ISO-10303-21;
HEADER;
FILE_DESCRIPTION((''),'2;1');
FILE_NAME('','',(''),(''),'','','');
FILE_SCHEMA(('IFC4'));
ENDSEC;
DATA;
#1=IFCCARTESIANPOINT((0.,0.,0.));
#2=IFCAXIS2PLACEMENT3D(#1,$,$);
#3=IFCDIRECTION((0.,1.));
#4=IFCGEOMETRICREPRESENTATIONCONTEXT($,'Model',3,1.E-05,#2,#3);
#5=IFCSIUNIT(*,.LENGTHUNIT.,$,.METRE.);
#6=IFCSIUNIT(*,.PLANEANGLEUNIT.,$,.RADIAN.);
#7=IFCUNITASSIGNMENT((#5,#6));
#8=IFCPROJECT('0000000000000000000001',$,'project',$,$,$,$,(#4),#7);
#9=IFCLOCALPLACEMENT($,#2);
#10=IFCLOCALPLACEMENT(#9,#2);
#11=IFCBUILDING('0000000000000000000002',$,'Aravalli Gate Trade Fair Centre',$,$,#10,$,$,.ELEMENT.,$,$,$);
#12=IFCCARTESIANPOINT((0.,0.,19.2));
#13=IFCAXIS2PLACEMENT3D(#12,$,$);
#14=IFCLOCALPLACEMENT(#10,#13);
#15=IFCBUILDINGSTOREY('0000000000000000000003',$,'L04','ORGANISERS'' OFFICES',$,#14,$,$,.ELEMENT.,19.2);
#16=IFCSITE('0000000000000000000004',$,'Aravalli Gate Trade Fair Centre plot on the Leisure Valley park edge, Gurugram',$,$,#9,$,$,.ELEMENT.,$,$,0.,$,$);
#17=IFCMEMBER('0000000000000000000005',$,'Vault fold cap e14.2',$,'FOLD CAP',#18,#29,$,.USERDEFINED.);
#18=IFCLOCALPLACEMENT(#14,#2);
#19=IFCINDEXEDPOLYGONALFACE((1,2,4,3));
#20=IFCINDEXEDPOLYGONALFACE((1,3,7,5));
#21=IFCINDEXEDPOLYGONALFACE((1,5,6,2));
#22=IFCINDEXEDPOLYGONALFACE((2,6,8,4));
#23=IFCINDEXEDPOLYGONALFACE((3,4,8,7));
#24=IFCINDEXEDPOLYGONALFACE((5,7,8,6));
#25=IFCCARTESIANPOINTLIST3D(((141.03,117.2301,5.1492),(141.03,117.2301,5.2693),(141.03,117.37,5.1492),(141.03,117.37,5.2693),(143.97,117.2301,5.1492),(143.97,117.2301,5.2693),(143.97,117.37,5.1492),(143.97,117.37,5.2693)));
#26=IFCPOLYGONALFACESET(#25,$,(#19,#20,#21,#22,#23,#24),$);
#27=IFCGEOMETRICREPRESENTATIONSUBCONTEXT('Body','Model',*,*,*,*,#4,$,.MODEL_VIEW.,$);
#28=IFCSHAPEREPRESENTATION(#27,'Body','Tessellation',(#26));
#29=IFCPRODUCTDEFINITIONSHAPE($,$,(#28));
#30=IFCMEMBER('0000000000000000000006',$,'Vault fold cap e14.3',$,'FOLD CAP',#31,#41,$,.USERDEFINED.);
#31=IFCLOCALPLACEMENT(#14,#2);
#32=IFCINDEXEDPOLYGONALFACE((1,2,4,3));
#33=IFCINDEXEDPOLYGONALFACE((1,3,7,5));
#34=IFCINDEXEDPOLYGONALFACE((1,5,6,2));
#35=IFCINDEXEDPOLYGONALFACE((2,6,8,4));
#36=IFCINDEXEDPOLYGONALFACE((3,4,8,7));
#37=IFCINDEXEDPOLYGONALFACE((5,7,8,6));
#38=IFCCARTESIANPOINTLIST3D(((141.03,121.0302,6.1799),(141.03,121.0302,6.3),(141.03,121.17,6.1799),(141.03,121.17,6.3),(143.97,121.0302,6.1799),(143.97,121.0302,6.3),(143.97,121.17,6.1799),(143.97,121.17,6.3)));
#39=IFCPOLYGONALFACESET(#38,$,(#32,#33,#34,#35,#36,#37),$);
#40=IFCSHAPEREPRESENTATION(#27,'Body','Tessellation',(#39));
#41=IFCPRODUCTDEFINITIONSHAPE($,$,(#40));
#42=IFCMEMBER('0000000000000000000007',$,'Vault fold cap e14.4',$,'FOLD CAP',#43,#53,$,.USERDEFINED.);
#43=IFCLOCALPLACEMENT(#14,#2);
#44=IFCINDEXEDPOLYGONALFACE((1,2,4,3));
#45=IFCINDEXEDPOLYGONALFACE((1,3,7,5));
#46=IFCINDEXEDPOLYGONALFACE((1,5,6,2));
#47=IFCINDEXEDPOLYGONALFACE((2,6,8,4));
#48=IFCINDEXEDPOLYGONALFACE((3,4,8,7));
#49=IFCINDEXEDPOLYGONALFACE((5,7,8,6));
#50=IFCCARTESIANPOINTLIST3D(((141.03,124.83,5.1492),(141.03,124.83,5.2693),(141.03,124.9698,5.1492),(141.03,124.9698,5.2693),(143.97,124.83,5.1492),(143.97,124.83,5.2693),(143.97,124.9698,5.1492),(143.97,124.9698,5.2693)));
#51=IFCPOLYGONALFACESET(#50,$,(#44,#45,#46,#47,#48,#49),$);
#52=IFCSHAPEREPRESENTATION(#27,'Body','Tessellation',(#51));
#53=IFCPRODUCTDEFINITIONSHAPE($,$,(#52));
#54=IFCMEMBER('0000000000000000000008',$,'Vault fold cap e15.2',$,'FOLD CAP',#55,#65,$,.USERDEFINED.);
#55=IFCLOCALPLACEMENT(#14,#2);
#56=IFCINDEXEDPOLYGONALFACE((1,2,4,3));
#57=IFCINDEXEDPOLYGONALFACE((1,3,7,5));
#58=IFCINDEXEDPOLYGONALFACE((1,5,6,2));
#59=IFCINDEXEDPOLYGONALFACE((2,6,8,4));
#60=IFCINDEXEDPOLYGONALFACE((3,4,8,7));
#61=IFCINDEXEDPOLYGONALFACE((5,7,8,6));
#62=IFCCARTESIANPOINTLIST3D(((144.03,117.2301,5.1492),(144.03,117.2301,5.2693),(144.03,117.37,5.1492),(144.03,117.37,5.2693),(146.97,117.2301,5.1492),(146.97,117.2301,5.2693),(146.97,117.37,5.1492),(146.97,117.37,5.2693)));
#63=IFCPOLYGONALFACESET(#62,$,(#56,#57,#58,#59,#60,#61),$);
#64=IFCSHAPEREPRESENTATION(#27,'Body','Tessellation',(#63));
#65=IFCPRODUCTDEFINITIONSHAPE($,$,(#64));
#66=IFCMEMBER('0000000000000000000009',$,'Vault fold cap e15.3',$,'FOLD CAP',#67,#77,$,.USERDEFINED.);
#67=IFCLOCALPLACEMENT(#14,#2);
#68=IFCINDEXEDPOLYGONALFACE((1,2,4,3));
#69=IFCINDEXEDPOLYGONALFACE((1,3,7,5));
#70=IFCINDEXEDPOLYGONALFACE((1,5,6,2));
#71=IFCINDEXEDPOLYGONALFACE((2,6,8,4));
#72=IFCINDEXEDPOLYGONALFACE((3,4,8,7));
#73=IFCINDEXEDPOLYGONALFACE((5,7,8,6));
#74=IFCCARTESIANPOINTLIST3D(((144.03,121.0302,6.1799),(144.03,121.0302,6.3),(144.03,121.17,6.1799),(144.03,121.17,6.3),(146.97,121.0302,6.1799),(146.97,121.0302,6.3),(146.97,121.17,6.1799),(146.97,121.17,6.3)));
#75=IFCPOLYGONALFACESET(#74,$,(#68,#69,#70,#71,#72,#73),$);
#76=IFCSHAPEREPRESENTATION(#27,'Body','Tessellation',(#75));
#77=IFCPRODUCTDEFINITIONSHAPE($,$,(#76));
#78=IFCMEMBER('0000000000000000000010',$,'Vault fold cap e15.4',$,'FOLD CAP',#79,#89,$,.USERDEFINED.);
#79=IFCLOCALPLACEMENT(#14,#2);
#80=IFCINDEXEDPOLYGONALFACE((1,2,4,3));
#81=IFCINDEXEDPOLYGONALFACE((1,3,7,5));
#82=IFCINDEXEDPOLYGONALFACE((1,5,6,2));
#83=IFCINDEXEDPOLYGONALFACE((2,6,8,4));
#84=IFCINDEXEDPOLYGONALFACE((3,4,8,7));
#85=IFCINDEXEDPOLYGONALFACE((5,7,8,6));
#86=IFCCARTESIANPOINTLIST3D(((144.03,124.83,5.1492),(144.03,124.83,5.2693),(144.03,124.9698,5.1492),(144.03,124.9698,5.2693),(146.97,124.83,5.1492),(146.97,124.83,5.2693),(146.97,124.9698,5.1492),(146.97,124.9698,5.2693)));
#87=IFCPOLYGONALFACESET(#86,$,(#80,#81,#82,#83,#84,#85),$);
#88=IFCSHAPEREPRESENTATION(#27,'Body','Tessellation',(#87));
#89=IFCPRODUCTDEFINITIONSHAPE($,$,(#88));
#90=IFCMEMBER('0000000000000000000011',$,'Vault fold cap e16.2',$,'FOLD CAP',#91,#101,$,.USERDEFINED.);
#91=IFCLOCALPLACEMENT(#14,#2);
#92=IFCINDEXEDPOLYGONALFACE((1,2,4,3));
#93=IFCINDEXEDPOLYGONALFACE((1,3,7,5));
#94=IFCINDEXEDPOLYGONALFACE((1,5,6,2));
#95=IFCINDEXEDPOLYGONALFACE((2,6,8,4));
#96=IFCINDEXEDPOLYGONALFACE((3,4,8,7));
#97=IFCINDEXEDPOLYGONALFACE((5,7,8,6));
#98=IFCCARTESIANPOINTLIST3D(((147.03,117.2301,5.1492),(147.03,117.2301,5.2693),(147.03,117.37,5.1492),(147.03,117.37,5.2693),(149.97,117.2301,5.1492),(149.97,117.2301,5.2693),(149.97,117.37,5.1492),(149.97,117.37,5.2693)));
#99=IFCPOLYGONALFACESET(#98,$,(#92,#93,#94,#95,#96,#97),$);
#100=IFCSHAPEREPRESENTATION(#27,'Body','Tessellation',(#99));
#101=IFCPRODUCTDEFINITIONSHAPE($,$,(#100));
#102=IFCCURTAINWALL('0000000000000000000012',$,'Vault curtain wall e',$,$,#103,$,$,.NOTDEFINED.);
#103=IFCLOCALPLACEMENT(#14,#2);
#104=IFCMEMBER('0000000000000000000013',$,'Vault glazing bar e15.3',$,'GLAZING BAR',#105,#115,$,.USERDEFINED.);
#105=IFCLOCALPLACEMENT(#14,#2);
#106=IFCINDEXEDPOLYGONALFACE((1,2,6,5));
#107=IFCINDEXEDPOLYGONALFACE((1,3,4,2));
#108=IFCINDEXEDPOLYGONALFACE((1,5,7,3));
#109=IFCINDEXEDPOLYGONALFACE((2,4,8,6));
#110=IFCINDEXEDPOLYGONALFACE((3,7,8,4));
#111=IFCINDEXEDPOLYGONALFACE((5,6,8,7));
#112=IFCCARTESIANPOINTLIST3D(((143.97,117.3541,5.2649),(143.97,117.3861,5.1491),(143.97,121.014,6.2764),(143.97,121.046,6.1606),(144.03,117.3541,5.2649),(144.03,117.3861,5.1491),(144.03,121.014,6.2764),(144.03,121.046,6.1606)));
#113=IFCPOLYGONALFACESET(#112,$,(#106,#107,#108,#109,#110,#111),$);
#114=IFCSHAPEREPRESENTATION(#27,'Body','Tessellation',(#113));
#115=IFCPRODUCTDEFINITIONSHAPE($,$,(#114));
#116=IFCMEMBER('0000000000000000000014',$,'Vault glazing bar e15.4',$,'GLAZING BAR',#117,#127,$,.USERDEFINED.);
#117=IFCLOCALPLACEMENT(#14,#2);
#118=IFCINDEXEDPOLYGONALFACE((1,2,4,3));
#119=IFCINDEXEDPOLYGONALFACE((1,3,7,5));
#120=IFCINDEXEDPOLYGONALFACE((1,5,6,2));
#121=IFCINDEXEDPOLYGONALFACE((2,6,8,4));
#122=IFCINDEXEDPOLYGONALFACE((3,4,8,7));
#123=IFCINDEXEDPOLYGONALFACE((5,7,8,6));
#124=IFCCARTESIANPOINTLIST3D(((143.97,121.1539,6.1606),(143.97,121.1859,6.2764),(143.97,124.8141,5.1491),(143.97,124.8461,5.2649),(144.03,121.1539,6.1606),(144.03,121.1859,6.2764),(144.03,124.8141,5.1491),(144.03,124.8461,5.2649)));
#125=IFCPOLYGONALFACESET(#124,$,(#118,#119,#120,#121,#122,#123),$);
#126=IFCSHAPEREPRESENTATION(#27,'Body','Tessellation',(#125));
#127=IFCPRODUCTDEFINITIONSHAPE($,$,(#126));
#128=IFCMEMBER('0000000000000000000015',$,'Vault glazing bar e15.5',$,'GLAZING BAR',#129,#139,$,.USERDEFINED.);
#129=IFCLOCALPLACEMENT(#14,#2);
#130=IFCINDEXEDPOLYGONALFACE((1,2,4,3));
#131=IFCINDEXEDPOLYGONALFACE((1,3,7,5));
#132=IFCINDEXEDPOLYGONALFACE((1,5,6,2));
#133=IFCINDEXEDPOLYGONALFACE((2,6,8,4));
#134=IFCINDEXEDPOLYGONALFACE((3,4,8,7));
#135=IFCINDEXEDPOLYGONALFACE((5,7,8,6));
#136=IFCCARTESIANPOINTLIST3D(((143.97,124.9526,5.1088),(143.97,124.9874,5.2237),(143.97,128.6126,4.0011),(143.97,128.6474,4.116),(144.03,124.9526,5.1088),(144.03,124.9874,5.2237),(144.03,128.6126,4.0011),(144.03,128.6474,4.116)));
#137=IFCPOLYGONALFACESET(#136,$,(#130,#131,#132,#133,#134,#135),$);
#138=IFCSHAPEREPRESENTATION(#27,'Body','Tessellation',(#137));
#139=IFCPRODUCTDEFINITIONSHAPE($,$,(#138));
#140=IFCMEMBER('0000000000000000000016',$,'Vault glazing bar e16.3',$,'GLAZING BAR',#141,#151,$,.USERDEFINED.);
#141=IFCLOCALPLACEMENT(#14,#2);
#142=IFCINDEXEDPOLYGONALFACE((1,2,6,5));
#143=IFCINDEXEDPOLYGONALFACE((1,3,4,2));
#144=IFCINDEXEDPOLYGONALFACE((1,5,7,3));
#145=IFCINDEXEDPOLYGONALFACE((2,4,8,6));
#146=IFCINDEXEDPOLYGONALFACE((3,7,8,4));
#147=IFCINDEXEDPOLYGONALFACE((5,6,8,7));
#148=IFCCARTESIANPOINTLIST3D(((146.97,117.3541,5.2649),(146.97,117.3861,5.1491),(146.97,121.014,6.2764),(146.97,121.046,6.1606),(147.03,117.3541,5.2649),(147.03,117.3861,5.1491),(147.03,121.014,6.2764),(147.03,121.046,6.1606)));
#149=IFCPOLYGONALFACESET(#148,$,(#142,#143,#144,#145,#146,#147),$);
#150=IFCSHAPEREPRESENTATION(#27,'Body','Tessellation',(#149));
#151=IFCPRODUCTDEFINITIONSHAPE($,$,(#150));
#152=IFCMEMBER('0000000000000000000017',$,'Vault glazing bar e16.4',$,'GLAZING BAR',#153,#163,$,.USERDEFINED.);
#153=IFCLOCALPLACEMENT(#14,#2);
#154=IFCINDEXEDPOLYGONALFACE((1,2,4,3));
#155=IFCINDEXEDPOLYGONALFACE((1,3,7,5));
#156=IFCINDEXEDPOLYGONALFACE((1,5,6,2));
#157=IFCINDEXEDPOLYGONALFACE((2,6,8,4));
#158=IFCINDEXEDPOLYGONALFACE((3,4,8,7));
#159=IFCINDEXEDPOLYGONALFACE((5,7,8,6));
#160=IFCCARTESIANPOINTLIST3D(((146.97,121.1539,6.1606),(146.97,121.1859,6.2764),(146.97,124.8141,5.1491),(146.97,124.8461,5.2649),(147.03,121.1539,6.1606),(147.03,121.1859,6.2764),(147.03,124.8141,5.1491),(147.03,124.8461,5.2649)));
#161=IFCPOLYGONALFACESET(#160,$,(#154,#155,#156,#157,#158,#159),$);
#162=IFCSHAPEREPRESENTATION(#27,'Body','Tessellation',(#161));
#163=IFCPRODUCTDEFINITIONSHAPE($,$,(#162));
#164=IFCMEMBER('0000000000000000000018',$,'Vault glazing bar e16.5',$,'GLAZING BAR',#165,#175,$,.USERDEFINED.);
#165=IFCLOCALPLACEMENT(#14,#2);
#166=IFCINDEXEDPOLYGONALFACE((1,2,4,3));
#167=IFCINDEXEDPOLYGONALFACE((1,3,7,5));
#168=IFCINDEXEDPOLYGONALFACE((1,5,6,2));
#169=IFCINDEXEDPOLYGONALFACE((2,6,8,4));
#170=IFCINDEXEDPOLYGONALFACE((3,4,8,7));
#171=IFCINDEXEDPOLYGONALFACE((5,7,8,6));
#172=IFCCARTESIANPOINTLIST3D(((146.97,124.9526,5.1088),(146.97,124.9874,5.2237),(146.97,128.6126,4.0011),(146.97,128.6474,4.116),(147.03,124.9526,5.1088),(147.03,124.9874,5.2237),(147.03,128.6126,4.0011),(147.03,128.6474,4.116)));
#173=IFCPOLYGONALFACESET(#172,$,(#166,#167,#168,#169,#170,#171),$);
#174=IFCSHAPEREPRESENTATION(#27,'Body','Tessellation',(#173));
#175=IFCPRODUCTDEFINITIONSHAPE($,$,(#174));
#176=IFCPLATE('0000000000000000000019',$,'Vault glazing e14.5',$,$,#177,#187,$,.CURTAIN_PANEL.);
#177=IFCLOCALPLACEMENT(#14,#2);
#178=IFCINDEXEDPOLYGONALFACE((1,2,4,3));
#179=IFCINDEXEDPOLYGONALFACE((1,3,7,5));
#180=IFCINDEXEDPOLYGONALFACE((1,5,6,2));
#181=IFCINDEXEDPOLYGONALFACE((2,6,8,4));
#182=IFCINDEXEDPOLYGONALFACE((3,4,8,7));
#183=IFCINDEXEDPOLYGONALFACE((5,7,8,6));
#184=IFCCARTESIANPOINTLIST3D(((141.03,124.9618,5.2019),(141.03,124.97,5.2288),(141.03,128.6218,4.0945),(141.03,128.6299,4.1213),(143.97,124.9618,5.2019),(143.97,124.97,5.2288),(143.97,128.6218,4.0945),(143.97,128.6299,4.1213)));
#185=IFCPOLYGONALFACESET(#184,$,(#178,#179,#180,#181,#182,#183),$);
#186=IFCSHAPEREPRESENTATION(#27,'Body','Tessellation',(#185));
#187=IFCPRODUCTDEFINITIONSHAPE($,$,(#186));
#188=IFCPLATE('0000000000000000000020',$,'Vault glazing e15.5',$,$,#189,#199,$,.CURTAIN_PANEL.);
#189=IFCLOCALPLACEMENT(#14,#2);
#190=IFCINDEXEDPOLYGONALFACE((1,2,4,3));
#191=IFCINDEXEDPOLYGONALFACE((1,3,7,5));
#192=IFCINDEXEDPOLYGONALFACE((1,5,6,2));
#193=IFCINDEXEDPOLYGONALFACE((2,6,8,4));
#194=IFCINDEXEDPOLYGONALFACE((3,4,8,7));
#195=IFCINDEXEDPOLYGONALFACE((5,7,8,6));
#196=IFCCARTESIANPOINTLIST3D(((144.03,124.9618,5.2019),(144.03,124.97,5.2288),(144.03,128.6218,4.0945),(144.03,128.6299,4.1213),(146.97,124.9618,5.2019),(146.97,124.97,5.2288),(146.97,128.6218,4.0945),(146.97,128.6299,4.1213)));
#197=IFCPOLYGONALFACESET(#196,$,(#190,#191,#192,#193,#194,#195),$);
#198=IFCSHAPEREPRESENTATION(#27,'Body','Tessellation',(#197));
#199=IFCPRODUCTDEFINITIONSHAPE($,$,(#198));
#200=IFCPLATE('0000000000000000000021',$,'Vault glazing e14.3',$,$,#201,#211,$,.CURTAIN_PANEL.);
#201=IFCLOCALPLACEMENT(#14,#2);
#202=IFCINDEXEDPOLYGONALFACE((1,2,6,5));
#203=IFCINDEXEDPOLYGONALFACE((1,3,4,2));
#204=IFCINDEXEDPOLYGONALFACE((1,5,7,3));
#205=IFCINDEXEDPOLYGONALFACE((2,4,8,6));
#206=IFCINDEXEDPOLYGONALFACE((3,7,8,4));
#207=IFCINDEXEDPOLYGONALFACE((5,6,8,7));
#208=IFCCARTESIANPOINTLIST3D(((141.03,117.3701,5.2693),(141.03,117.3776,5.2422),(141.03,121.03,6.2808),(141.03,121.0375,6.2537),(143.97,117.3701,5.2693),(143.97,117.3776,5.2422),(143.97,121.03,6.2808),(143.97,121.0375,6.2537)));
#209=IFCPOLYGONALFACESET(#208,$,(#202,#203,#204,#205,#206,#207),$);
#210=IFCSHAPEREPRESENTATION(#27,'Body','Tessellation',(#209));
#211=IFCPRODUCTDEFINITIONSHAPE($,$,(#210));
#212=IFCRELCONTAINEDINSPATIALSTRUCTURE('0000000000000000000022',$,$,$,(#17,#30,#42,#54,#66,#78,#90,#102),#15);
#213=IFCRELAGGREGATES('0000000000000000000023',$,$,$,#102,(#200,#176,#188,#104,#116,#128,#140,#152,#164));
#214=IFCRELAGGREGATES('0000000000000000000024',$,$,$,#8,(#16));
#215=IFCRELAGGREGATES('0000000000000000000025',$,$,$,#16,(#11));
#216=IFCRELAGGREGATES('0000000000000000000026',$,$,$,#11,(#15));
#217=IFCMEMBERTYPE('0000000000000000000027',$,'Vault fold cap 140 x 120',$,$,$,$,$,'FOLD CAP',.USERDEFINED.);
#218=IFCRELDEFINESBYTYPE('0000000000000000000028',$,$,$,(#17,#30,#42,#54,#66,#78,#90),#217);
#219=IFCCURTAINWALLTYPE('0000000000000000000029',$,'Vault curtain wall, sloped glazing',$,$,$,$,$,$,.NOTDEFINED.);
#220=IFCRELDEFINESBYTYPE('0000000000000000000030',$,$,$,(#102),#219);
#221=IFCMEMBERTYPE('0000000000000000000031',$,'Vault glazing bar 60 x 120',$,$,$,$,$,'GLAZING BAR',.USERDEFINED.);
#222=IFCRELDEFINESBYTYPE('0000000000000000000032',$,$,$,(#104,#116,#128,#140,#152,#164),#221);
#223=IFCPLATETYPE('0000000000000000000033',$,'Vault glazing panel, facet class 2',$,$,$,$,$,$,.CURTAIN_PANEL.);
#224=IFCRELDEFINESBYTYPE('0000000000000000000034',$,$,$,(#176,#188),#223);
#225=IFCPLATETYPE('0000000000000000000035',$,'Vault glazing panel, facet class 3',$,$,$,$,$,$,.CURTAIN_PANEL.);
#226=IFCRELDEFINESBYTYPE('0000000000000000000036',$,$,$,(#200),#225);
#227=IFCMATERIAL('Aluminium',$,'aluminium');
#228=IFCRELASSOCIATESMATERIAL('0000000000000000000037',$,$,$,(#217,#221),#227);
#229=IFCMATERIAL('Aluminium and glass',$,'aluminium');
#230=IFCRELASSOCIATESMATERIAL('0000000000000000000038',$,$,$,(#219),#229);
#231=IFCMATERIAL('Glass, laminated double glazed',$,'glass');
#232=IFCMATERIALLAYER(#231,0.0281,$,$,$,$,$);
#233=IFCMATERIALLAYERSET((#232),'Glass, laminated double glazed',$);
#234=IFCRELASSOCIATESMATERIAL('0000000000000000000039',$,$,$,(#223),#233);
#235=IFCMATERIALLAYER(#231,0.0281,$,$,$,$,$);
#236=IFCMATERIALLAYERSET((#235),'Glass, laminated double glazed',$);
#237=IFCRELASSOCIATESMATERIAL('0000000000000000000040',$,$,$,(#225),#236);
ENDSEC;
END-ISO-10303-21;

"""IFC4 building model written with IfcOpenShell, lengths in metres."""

from ifc_helpers import new_model, si_unit, direction, frame, origin, origin_2d, place, context, subcontext, project, spatial, polyline, rectangle, outline, extrude, material, layer, layer_set, material_profile, profile_set, type_object, element, aggregate, save


model = new_model("IFC4")

# Units and contexts
model_context = context("Model", 3, precision=1e-05, world=origin(), true_north=direction((0.0, 1.0)))
body_context = subcontext(model_context, "Body", "Model", "MODEL_VIEW")
ifc_project = project(units=[si_unit("LENGTHUNIT", "METRE"), si_unit("PLANEANGLEUNIT", "RADIAN")], contexts=[model_context])

# Site, building, storey
site_placement = place(None, origin())
site = spatial("IfcSite", under=ifc_project, at=site_placement, Name="Aravalli Gate Trade Fair Centre plot on the Leisure Valley park edge, Gurugram", CompositionType="ELEMENT", RefElevation=0.0)
building_placement = place(site_placement, origin())
building = spatial("IfcBuilding", under=site, at=building_placement, Name="Aravalli Gate Trade Fair Centre", CompositionType="ELEMENT")
storey_placement = place(building_placement, frame((0.0, 0.0, 19.2)))
storey = spatial("IfcBuildingStorey", under=building, at=storey_placement, Name="L04", Description="ORGANISERS' OFFICES", CompositionType="ELEMENT", Elevation=19.2)

# Members
ifc_material_1 = material(Name="Aluminium", Category="aluminium")
ifc_material_profile_1 = material_profile(ifc_material_1, rectangle(XDim=0.1399, YDim=0.1201, at=origin_2d()), Name="Vault fold cap 140 x 120")
ifc_profile_set_1 = profile_set([ifc_material_profile_1], Name="Aluminium")
member_type_1 = type_object("IfcMemberType", Name="Vault fold cap 140 x 120", ElementType="FOLD CAP", PredefinedType="USERDEFINED", material=ifc_profile_set_1)
for number, where, z_axis, x_axis, name in (
    (1, (141.03, 117.3, 5.2092), (1.0, 0.0, 0.0), (0.0, 1.0, 0.0), "Vault fold cap e14.2"),
    (2, (141.03, 121.1001, 6.24), (1.0, 0.0, 0.0), (0.0, 1.0, 0.0), "Vault fold cap e14.3"),
    (3, (141.03, 124.8999, 5.2092), (1.0, 0.0, 0.0), (0.0, 1.0, 0.0), "Vault fold cap e14.4"),
    (4, (144.03, 117.3, 5.2092), (1.0, 0.0, 0.0), (0.0, 1.0, 0.0), "Vault fold cap e15.2"),
    (5, (144.03, 121.1001, 6.24), (1.0, 0.0, 0.0), (0.0, 1.0, 0.0), "Vault fold cap e15.3"),
    (6, (144.03, 124.8999, 5.2092), (1.0, 0.0, 0.0), (0.0, 1.0, 0.0), "Vault fold cap e15.4"),
    (7, (147.03, 117.3, 5.2092), (1.0, 0.0, 0.0), (0.0, 1.0, 0.0), "Vault fold cap e16.2"),
):
    element("IfcMember", number, at=place(storey_placement, frame(where, z_axis=z_axis, x_axis=x_axis)), inside=storey, type_object=member_type_1, Name=name, ObjectType="FOLD CAP", PredefinedType="USERDEFINED", context=body_context, shape_type="SweptSolid", body=[
        extrude(rectangle(XDim=0.1399, YDim=0.1201, at=origin_2d()), origin(), (0.0, 0.0, 1.0), 2.9399),
    ])

# Curtain wall, members, plates
ifc_material_2 = material(Name="Aluminium and glass", Category="aluminium")
curtain_wall_type = type_object("IfcCurtainWallType", Name="Vault curtain wall, sloped glazing", PredefinedType="NOTDEFINED", material=ifc_material_2)
curtain_wall_placement = place(storey_placement, origin())
curtain_wall = element("IfcCurtainWall", 8, at=curtain_wall_placement, inside=storey, type_object=curtain_wall_type, Name="Vault curtain wall e", PredefinedType="NOTDEFINED")
ifc_material_profile_2 = material_profile(ifc_material_1, rectangle(XDim=0.0601, YDim=0.1201, at=origin_2d()), Name="Vault glazing bar 60 x 120")
ifc_profile_set_2 = profile_set([ifc_material_profile_2], Name="Aluminium")
member_type_2 = type_object("IfcMemberType", Name="Vault glazing bar 60 x 120", ElementType="GLAZING BAR", PredefinedType="USERDEFINED", material=ifc_profile_set_2)
member_1_placement = place(storey_placement, frame((144.0, 117.3701, 5.207), z_axis=(0.0, 0.963868, 0.26638), x_axis=(-1.0, 0.0, 0.0)))
member_1 = element("IfcMember", 9, at=member_1_placement, type_object=member_type_2, Name="Vault glazing bar e15.3", ObjectType="GLAZING BAR", PredefinedType="USERDEFINED", context=body_context, shape_type="SweptSolid", body=[
    extrude(rectangle(XDim=0.0601, YDim=0.1201, at=origin_2d()), origin(), (0.0, 0.0, 1.0), 3.7971),
])
member_2_placement = place(storey_placement, frame((144.0, 121.1699, 6.2185), z_axis=(0.0, 0.963873, -0.266364), x_axis=(-1.0, 0.0, 0.0)))
member_2 = element("IfcMember", 10, at=member_2_placement, type_object=member_type_2, Name="Vault glazing bar e15.4", ObjectType="GLAZING BAR", PredefinedType="USERDEFINED", context=body_context, shape_type="SweptSolid", body=[
    extrude(rectangle(XDim=0.0601, YDim=0.1201, at=origin_2d()), origin(), (0.0, 0.0, 1.0), 3.7974),
])
member_3_placement = place(storey_placement, frame((144.0, 124.97, 5.1663), z_axis=(0.0, 0.957126, -0.289672), x_axis=(-1.0, 0.0, 0.0)))
member_3 = element("IfcMember", 11, at=member_3_placement, type_object=member_type_2, Name="Vault glazing bar e15.5", ObjectType="GLAZING BAR", PredefinedType="USERDEFINED", context=body_context, shape_type="SweptSolid", body=[
    extrude(rectangle(XDim=0.0601, YDim=0.1201, at=origin_2d()), origin(), (0.0, 0.0, 1.0), 3.824),
])
member_4_placement = place(storey_placement, frame((147.0, 117.3701, 5.207), z_axis=(0.0, 0.963868, 0.26638), x_axis=(-1.0, 0.0, 0.0)))
member_4 = element("IfcMember", 12, at=member_4_placement, type_object=member_type_2, Name="Vault glazing bar e16.3", ObjectType="GLAZING BAR", PredefinedType="USERDEFINED", context=body_context, shape_type="SweptSolid", body=[
    extrude(rectangle(XDim=0.0601, YDim=0.1201, at=origin_2d()), origin(), (0.0, 0.0, 1.0), 3.7971),
])
member_5_placement = place(storey_placement, frame((147.0, 121.1699, 6.2185), z_axis=(0.0, 0.963873, -0.266364), x_axis=(-1.0, 0.0, 0.0)))
member_5 = element("IfcMember", 13, at=member_5_placement, type_object=member_type_2, Name="Vault glazing bar e16.4", ObjectType="GLAZING BAR", PredefinedType="USERDEFINED", context=body_context, shape_type="SweptSolid", body=[
    extrude(rectangle(XDim=0.0601, YDim=0.1201, at=origin_2d()), origin(), (0.0, 0.0, 1.0), 3.7974),
])
member_6_placement = place(storey_placement, frame((147.0, 124.97, 5.1663), z_axis=(0.0, 0.957126, -0.289672), x_axis=(-1.0, 0.0, 0.0)))
member_6 = element("IfcMember", 14, at=member_6_placement, type_object=member_type_2, Name="Vault glazing bar e16.5", ObjectType="GLAZING BAR", PredefinedType="USERDEFINED", context=body_context, shape_type="SweptSolid", body=[
    extrude(rectangle(XDim=0.0601, YDim=0.1201, at=origin_2d()), origin(), (0.0, 0.0, 1.0), 3.824),
])
ifc_material_3 = material(Name="Glass, laminated double glazed", Category="glass")
ifc_layer_1 = layer(ifc_material_3, 0.0281)
ifc_layer_set_1 = layer_set([ifc_layer_1], Name="Glass, laminated double glazed")
plate_type_1 = type_object("IfcPlateType", Name="Vault glazing panel, facet class 2", PredefinedType="CURTAIN_PANEL", material=ifc_layer_set_1)
plate_1_placement = place(storey_placement, frame((141.03, 124.97, 5.2288), z_axis=(0.0, 0.289614, 0.957144), x_axis=(1.0, 0.0, 0.0)))
plate_1 = element("IfcPlate", 15, at=plate_1_placement, type_object=plate_type_1, Name="Vault glazing e14.5", PredefinedType="CURTAIN_PANEL", context=body_context, shape_type="SweptSolid", body=[
    extrude(outline(polyline([(0.0, 0.0), (2.9399, 0.0), (2.9399, 3.8238), (0.0, 3.8238), (0.0, 0.0)])), origin(), (0.0, 0.0, -1.0), 0.0281),
])
plate_2_placement = place(storey_placement, frame((144.03, 124.97, 5.2288), z_axis=(0.0, 0.289614, 0.957144), x_axis=(1.0, 0.0, 0.0)))
plate_2 = element("IfcPlate", 16, at=plate_2_placement, type_object=plate_type_1, Name="Vault glazing e15.5", PredefinedType="CURTAIN_PANEL", context=body_context, shape_type="SweptSolid", body=[
    extrude(outline(polyline([(0.0, 0.0), (2.9399, 0.0), (2.9399, 3.8238), (0.0, 3.8238), (0.0, 0.0)])), origin(), (0.0, 0.0, -1.0), 0.0281),
])
ifc_layer_2 = layer(ifc_material_3, 0.0281)
ifc_layer_set_2 = layer_set([ifc_layer_2], Name="Glass, laminated double glazed")
plate_type_2 = type_object("IfcPlateType", Name="Vault glazing panel, facet class 3", PredefinedType="CURTAIN_PANEL", material=ifc_layer_set_2)
plate_3_placement = place(storey_placement, frame((141.03, 117.3701, 5.2693), z_axis=(0.0, -0.26638, 0.963868), x_axis=(1.0, 0.0, 0.0)))
plate_3 = element("IfcPlate", 17, at=plate_3_placement, type_object=plate_type_2, Name="Vault glazing e14.3", PredefinedType="CURTAIN_PANEL", context=body_context, shape_type="SweptSolid", body=[
    extrude(outline(polyline([(0.0, 0.0), (2.9399, 0.0), (2.9399, 3.7971), (0.0, 3.7971), (0.0, 0.0)])), origin(), (0.0, 0.0, -1.0), 0.0281),
])
aggregate(curtain_wall, [plate_3, plate_1, plate_2, member_1, member_2, member_3, member_4, member_5, member_6])

save(model, "model.ifc")
